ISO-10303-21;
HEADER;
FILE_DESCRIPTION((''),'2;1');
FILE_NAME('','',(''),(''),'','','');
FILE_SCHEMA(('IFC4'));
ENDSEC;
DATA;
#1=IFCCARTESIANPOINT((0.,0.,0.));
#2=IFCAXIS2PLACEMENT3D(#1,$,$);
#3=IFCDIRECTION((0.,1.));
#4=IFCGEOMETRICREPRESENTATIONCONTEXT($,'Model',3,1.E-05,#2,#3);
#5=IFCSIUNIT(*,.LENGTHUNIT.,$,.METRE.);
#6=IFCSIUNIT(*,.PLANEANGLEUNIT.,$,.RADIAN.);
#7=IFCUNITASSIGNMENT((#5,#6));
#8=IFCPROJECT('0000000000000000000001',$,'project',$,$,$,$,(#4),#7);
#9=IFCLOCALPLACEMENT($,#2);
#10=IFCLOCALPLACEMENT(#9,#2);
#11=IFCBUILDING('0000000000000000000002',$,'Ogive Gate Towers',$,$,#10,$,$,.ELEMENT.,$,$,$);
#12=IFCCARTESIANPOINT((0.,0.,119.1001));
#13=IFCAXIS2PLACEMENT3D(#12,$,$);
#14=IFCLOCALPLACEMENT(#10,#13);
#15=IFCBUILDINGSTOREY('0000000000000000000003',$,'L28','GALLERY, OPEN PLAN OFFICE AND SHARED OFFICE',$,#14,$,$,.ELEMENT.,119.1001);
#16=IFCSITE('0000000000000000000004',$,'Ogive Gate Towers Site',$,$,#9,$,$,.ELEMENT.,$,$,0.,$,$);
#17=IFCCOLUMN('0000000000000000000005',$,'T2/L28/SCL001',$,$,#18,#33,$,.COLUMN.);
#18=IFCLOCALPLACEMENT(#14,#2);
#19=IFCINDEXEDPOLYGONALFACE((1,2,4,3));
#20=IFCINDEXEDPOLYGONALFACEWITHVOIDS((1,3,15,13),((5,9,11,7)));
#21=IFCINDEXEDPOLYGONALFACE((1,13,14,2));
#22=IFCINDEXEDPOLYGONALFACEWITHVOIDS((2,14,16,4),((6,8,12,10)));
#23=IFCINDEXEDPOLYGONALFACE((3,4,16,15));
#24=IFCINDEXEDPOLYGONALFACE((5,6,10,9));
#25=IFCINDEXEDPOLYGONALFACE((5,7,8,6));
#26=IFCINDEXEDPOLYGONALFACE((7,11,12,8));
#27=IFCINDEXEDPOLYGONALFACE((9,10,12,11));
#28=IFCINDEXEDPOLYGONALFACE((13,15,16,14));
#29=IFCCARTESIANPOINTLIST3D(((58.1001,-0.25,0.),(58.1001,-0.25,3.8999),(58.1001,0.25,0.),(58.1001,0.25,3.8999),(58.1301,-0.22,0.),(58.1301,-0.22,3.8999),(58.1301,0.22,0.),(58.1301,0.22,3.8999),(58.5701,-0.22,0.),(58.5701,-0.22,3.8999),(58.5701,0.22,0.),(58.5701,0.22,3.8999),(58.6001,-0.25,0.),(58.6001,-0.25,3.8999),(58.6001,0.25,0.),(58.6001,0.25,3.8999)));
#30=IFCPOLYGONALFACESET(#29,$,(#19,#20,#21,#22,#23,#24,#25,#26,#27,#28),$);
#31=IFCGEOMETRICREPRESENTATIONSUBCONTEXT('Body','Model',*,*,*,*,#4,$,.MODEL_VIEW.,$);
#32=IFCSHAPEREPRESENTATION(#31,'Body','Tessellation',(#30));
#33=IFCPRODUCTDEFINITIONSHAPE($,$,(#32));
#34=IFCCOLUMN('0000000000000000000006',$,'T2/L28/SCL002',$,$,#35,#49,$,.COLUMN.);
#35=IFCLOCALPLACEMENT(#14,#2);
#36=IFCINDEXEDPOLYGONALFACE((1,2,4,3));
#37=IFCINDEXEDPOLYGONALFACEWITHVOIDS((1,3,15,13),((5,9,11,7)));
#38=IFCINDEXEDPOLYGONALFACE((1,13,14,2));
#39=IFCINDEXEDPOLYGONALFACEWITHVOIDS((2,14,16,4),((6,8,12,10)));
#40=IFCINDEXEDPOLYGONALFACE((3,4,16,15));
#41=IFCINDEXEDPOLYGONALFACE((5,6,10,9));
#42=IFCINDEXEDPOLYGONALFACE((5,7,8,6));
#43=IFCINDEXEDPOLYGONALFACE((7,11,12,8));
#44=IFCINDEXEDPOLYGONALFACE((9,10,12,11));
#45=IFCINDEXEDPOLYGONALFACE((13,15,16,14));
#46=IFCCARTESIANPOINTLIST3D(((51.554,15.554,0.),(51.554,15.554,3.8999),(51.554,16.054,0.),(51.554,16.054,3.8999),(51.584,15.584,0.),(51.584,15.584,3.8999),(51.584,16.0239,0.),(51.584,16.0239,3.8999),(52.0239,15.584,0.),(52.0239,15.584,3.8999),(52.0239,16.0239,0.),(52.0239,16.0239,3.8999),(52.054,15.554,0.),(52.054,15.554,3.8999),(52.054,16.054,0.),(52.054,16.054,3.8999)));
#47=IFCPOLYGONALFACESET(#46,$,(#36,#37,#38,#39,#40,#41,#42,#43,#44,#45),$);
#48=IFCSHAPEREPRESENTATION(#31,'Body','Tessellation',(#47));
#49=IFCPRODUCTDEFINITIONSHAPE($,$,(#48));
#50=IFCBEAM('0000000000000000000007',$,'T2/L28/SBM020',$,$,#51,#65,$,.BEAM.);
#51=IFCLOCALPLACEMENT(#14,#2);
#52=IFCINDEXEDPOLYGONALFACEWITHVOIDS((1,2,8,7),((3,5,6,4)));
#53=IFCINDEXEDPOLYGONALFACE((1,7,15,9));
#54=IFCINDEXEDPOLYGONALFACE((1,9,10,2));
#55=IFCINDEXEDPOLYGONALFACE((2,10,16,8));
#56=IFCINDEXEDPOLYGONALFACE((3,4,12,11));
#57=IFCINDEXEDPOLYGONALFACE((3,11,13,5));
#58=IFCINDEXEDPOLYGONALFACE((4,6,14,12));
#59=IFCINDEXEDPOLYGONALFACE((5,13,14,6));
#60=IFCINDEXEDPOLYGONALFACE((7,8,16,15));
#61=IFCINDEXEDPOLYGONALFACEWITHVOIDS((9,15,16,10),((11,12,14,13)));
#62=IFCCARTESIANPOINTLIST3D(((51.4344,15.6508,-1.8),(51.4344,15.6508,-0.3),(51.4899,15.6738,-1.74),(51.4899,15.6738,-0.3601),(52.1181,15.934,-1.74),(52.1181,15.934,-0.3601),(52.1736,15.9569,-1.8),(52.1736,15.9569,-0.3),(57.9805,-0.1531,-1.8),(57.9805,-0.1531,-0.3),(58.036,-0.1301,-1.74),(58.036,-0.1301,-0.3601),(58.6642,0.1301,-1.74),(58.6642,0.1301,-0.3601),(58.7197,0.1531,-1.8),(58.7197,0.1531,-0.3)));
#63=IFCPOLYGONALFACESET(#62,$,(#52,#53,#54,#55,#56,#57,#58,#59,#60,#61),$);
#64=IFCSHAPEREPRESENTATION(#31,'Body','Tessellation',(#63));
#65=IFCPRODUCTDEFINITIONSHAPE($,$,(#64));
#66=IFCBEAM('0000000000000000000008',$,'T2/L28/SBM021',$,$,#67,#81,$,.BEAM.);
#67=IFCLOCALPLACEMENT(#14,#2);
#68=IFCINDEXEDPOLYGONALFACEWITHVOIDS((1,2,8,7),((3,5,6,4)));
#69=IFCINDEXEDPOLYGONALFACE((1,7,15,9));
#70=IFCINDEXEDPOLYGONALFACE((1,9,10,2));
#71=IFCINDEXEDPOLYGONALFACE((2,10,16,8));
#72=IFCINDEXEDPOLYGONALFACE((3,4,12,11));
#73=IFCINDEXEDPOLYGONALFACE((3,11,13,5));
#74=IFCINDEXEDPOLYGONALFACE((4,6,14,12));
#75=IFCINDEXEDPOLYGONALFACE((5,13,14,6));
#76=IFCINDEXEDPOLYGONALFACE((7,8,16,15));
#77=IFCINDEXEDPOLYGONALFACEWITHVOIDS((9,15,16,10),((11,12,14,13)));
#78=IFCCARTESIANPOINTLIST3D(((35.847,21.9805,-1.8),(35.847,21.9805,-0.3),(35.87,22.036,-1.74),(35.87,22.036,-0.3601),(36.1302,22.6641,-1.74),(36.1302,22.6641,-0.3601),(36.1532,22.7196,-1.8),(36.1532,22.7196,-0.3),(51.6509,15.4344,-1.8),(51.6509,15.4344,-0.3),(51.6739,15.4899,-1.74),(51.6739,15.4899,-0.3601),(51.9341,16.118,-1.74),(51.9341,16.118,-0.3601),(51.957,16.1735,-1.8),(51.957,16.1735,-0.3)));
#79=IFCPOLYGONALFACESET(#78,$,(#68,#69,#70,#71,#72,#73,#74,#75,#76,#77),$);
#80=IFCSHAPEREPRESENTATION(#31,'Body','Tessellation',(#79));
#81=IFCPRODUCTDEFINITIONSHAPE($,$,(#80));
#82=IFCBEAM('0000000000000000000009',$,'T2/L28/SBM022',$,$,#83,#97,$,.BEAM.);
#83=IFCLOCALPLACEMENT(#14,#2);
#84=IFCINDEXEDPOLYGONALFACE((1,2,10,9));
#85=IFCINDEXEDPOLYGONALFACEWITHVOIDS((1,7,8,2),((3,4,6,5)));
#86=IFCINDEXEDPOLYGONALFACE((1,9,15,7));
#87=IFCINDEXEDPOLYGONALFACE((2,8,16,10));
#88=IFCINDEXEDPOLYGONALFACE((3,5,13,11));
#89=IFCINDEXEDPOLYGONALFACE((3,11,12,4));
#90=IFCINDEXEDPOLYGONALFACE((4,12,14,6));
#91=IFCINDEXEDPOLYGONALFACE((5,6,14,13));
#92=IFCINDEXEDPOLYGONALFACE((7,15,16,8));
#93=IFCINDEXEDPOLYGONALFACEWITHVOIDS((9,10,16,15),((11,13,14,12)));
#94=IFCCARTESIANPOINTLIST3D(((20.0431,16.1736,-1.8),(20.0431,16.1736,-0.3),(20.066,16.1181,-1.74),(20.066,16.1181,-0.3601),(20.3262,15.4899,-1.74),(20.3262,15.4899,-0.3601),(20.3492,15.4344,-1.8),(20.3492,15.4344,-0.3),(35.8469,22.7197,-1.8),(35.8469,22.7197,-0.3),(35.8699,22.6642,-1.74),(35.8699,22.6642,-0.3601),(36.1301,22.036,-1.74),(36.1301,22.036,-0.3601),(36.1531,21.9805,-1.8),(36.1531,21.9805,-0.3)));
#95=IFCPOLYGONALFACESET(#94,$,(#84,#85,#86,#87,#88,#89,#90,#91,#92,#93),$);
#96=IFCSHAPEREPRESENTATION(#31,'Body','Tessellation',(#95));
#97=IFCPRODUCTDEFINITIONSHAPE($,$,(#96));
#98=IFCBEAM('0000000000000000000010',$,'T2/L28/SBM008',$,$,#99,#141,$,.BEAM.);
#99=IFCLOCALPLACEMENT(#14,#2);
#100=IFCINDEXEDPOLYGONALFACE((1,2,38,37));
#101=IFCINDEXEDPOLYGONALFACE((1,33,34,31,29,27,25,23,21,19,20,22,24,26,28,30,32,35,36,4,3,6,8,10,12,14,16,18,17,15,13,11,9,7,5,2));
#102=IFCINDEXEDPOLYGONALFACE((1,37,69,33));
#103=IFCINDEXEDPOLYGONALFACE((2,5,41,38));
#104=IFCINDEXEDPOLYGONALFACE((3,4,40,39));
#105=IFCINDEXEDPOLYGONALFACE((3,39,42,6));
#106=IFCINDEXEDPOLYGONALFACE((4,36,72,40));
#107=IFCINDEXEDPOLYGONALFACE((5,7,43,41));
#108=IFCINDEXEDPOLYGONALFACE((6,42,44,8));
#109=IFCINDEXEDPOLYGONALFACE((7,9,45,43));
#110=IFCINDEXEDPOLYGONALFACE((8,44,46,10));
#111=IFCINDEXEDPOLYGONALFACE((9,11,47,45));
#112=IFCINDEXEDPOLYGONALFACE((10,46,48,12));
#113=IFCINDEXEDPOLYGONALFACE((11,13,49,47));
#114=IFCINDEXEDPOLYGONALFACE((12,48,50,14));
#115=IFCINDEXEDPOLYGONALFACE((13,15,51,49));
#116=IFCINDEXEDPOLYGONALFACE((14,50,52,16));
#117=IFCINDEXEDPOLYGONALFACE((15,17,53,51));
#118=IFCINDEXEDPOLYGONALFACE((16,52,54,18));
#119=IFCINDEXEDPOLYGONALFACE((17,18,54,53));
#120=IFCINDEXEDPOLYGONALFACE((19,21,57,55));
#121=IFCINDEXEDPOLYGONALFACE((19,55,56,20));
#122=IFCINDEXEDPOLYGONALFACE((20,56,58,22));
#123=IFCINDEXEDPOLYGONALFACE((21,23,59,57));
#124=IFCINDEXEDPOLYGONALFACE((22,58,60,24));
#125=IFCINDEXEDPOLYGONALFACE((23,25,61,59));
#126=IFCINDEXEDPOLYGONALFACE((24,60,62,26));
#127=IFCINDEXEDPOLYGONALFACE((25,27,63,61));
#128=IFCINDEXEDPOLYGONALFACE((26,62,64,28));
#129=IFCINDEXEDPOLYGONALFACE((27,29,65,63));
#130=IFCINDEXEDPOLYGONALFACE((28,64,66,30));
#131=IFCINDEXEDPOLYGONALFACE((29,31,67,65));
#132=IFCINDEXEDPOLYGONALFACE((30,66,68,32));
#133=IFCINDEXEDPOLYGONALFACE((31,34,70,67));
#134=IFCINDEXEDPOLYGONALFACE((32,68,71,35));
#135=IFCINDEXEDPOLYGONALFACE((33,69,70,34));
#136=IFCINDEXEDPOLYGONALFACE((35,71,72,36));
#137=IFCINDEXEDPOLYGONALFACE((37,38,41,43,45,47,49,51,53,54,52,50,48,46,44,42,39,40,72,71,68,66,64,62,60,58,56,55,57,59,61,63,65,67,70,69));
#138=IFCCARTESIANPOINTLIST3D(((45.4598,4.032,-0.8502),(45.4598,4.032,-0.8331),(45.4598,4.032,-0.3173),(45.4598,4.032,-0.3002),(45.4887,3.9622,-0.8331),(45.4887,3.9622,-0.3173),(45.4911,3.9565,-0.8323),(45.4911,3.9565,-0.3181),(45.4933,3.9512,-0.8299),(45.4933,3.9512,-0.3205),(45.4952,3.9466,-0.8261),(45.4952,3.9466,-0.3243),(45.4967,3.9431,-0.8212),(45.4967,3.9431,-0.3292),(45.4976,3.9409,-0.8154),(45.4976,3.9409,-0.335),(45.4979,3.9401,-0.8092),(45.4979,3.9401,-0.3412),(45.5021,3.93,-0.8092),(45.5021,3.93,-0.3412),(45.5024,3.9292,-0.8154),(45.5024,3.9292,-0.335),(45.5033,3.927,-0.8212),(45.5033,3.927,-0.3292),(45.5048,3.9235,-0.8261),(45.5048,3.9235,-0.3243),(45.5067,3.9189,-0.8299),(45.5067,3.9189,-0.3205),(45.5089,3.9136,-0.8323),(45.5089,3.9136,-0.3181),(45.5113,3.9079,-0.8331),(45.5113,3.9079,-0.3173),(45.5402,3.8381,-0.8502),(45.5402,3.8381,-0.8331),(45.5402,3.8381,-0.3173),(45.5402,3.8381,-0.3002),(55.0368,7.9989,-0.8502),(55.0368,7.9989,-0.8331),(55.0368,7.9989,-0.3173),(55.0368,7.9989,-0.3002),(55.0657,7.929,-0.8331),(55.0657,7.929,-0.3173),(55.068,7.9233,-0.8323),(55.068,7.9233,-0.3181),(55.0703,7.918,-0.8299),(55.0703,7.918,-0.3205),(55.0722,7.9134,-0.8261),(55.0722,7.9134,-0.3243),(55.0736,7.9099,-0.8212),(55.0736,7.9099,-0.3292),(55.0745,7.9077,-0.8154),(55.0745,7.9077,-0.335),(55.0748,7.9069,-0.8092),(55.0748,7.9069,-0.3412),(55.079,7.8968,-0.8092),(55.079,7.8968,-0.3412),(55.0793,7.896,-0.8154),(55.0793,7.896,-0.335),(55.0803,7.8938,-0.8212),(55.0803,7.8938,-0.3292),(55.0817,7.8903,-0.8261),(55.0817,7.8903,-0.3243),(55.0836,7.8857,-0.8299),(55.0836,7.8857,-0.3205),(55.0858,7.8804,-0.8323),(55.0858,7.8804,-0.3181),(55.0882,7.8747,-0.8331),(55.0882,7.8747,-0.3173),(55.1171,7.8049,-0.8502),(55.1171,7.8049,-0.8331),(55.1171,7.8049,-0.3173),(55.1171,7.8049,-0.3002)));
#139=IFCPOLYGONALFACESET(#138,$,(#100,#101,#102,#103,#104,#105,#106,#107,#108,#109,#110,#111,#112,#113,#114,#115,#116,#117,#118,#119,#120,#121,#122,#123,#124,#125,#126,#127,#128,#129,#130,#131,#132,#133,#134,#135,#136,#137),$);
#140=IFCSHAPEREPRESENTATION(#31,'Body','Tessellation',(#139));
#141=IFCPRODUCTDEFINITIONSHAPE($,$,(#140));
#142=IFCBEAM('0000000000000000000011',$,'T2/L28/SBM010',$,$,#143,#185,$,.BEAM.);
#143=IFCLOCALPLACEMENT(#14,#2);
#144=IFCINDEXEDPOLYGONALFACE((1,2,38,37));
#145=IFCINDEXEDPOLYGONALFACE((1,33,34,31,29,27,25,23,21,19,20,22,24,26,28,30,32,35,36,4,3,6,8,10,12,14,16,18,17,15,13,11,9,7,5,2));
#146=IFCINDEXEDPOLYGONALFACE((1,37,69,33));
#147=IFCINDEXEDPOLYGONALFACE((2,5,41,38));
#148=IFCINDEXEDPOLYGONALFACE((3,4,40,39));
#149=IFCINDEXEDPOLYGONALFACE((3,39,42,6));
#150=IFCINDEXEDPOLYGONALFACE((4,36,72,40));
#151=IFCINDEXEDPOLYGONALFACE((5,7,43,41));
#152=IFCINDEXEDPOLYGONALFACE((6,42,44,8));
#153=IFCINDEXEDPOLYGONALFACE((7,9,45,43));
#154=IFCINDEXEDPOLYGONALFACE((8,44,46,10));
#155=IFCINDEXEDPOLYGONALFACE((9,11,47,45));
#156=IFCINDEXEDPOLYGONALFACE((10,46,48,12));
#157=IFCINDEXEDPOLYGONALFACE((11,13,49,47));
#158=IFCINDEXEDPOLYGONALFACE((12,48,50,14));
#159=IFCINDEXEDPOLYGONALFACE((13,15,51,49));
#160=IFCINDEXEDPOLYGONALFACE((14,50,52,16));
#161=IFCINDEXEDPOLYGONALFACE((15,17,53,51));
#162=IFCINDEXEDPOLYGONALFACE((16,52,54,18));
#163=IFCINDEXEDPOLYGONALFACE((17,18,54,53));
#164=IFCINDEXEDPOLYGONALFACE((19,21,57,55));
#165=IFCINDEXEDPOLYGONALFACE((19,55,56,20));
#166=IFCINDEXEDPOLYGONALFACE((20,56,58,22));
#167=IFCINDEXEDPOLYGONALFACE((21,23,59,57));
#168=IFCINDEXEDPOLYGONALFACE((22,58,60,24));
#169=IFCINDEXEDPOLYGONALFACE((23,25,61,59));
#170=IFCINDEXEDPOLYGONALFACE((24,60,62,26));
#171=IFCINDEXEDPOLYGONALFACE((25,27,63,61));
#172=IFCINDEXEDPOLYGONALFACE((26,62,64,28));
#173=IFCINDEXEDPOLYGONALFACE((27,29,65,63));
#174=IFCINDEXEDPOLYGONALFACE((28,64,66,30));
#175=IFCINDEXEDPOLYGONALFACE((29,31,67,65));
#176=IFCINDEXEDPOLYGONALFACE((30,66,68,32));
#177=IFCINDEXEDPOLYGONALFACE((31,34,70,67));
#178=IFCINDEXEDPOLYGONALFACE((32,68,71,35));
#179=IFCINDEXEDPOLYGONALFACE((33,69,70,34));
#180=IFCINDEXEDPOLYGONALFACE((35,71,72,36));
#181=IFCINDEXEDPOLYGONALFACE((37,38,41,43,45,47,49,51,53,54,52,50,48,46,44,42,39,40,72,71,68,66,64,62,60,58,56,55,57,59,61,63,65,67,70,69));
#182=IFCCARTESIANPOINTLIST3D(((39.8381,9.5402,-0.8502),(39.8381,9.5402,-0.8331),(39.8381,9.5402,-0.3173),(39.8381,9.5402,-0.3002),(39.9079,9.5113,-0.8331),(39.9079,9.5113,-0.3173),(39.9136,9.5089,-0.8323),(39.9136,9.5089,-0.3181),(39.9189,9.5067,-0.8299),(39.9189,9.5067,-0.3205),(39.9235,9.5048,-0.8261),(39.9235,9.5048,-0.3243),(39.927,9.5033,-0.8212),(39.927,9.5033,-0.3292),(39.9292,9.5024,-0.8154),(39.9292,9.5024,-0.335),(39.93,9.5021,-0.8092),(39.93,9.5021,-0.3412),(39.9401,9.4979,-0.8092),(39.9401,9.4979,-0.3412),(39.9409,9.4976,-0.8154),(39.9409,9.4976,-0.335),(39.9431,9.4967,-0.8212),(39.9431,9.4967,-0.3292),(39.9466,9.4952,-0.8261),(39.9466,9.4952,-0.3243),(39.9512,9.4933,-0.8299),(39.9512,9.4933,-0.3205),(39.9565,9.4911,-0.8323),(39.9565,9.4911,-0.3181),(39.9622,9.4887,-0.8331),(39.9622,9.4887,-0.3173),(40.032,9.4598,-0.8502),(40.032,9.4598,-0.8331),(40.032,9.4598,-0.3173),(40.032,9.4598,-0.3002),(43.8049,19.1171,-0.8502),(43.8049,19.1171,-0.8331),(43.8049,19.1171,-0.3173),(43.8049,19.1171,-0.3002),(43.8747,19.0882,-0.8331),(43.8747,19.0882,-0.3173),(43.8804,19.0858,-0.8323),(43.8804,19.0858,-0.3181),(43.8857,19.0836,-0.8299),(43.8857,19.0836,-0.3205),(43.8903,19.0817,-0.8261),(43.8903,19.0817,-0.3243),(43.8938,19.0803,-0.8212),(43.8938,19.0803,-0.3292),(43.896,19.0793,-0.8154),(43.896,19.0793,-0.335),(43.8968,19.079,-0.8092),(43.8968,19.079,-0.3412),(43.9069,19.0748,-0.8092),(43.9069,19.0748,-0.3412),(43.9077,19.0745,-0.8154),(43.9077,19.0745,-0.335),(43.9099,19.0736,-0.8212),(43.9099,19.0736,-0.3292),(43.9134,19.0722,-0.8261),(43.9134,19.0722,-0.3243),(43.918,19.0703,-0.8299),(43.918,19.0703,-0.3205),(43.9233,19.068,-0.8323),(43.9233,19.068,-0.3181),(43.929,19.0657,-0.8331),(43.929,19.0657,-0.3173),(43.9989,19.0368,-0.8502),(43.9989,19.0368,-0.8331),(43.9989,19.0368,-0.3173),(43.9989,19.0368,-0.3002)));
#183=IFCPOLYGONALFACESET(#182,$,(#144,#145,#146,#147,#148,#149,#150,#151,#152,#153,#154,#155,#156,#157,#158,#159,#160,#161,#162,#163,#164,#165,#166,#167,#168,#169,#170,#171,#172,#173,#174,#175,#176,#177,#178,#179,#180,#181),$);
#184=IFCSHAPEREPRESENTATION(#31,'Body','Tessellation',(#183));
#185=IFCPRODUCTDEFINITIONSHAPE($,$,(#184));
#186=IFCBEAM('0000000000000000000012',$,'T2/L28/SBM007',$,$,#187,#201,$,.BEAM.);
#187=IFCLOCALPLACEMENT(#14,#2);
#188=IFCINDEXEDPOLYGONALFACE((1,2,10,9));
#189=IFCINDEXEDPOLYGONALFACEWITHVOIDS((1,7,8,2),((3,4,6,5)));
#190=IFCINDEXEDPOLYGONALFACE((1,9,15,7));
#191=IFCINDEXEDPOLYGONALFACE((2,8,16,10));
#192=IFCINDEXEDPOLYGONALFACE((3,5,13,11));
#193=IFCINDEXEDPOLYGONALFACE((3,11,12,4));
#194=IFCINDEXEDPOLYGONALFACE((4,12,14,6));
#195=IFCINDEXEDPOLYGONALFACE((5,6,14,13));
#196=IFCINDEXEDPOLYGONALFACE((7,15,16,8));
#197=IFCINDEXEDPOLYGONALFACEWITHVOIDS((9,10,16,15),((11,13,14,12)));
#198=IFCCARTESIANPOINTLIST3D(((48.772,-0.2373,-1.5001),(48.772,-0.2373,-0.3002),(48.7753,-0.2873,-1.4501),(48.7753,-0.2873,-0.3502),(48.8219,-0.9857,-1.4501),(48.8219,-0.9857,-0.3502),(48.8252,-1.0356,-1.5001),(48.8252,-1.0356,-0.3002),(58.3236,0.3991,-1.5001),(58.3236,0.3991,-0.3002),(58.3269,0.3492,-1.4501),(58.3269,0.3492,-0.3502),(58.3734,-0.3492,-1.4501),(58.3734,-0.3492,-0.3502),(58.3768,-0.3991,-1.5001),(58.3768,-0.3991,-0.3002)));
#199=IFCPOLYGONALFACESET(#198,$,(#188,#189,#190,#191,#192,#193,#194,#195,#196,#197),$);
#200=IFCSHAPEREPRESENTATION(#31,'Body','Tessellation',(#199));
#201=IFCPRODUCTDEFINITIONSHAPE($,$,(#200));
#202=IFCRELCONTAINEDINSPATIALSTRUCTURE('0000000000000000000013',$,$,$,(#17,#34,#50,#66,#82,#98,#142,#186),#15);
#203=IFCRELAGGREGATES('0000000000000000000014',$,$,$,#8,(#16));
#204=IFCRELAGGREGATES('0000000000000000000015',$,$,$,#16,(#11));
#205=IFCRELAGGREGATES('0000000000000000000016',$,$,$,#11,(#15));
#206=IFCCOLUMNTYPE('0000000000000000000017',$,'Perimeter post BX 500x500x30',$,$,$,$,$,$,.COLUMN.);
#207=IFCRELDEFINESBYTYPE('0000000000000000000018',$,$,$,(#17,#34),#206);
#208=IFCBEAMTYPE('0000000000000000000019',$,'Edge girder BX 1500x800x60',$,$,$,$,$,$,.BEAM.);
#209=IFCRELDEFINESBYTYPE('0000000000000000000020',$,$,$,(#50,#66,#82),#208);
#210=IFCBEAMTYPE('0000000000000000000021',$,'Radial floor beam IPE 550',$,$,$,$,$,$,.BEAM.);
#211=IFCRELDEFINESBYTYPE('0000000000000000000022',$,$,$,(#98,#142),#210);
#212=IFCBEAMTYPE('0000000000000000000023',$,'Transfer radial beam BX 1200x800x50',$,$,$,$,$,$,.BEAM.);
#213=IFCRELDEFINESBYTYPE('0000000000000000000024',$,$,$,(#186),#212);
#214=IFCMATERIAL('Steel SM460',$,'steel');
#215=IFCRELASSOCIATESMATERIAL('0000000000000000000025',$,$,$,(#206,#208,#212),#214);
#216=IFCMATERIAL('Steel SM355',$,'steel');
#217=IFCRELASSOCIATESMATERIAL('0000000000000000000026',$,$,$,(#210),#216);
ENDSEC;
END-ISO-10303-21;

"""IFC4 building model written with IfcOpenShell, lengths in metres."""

from ifc_helpers import new_model, si_unit, direction, frame, origin, origin_2d, place, context, subcontext, project, spatial, hollow_rectangle, i_section, extrude, material, material_profile, profile_set, type_object, element, save


model = new_model("IFC4")

# Units and contexts
model_context = context("Model", 3, precision=1e-05, world=origin(), true_north=direction((0.0, 1.0)))
body_context = subcontext(model_context, "Body", "Model", "MODEL_VIEW")
ifc_project = project(units=[si_unit("LENGTHUNIT", "METRE"), si_unit("PLANEANGLEUNIT", "RADIAN")], contexts=[model_context])

# Site, building, storey
site_placement = place(None, origin())
site = spatial("IfcSite", under=ifc_project, at=site_placement, Name="Ogive Gate Towers Site", CompositionType="ELEMENT", RefElevation=0.0)
building_placement = place(site_placement, origin())
building = spatial("IfcBuilding", under=site, at=building_placement, Name="Ogive Gate Towers", CompositionType="ELEMENT")
storey_placement = place(building_placement, frame((0.0, 0.0, 119.1001)))
storey = spatial("IfcBuildingStorey", under=building, at=storey_placement, Name="L28", Description="GALLERY, OPEN PLAN OFFICE AND SHARED OFFICE", CompositionType="ELEMENT", Elevation=119.1001)

# Columns
ifc_material_1 = material(Name="Steel SM460", Category="steel")
ifc_material_profile_1 = material_profile(ifc_material_1, hollow_rectangle(XDim=0.5, YDim=0.5, WallThickness=0.03, at=origin_2d()), Name="BX 500x500x30")
ifc_profile_set_1 = profile_set([ifc_material_profile_1], Name="Steel SM460")
column_type = type_object("IfcColumnType", Name="Perimeter post BX 500x500x30", PredefinedType="COLUMN", material=ifc_profile_set_1)
for number, where, z_axis, x_axis, name in (
    (1, (58.3501, 0.0, 0.0), (0.0, 0.0, 1.0), (1.0, 0.0, 0.0), "T2/L28/SCL001"),
    (2, (51.804, 15.804, 0.0), (0.0, 0.0, 1.0), (1.0, 0.0, 0.0), "T2/L28/SCL002"),
):
    element("IfcColumn", number, at=place(storey_placement, frame(where, z_axis=z_axis, x_axis=x_axis)), inside=storey, type_object=column_type, Name=name, PredefinedType="COLUMN", context=body_context, shape_type="SweptSolid", body=[
        extrude(hollow_rectangle(XDim=0.5, YDim=0.5, WallThickness=0.03, at=origin_2d()), origin(), (0.0, 0.0, 1.0), 3.8999),
    ])

# Beams
ifc_material_profile_2 = material_profile(ifc_material_1, hollow_rectangle(XDim=0.8, YDim=1.5, WallThickness=0.0601, at=origin_2d()), Name="BX 1500x800x60")
ifc_profile_set_2 = profile_set([ifc_material_profile_2], Name="Steel SM460")
beam_type_1 = type_object("IfcBeamType", Name="Edge girder BX 1500x800x60", PredefinedType="BEAM", material=ifc_profile_set_2)
for number, where, z_axis, x_axis, name in (
    (3, (58.3501, 0.0, -1.05), (-0.38268, 0.923881, 0.0), (-0.923881, -0.38268, 0.0), "T2/L28/SBM020"),
    (4, (51.804, 15.804, -1.05), (-0.923881, 0.38268, 0.0), (-0.38268, -0.923881, 0.0), "T2/L28/SBM021"),
    (5, (36.0, 22.3501, -1.05), (-0.923881, -0.38268, 0.0), (0.38268, -0.923881, 0.0), "T2/L28/SBM022"),
):
    element("IfcBeam", number, at=place(storey_placement, frame(where, z_axis=z_axis, x_axis=x_axis)), inside=storey, type_object=beam_type_1, Name=name, PredefinedType="BEAM", context=body_context, shape_type="SweptSolid", body=[
        extrude(hollow_rectangle(XDim=0.8, YDim=1.5, WallThickness=0.0601, at=origin_2d()), origin(), (0.0, 0.0, 1.0), 17.106),
    ])
ifc_material_2 = material(Name="Steel SM355", Category="steel")
ifc_material_profile_3 = material_profile(ifc_material_2, i_section(OverallWidth=0.21, OverallDepth=0.55, WebThickness=0.011, FlangeThickness=0.0171, FilletRadius=0.0239, at=origin_2d()), Name="IPE 550")
ifc_profile_set_3 = profile_set([ifc_material_profile_3], Name="Steel SM355")
beam_type_2 = type_object("IfcBeamType", Name="Radial floor beam IPE 550", PredefinedType="BEAM", material=ifc_profile_set_3)
for number, where, z_axis, x_axis, name in (
    (6, (45.5, 3.9351, -0.5752), (0.923882, 0.382676, 0.0), (-0.382676, 0.923882, 0.0), "T2/L28/SBM008"),
    (7, (39.9351, 9.5, -0.5752), (0.382676, 0.923882, 0.0), (-0.923882, 0.382676, 0.0), "T2/L28/SBM010"),
):
    element("IfcBeam", number, at=place(storey_placement, frame(where, z_axis=z_axis, x_axis=x_axis)), inside=storey, type_object=beam_type_2, Name=name, PredefinedType="BEAM", context=body_context, shape_type="SweptSolid", body=[
        extrude(i_section(OverallWidth=0.21, OverallDepth=0.55, WebThickness=0.011, FlangeThickness=0.0171, FilletRadius=0.0239, at=origin_2d()), origin(), (0.0, 0.0, 1.0), 10.366),
    ])
ifc_material_profile_4 = material_profile(ifc_material_1, hollow_rectangle(XDim=0.8, YDim=1.2, WallThickness=0.05, at=origin_2d()), Name="BX 1200x800x50")
ifc_profile_set_4 = profile_set([ifc_material_profile_4], Name="Steel SM460")
beam_type_3 = type_object("IfcBeamType", Name="Transfer radial beam BX 1200x800x50", PredefinedType="BEAM", material=ifc_profile_set_4)
beam_1_placement = place(storey_placement, frame((48.7986, -0.6365, -0.9001), z_axis=(0.997787, 0.066489, 0.0), x_axis=(-0.066489, 0.997787, 0.0)))
element("IfcBeam", 8, at=beam_1_placement, inside=storey, type_object=beam_type_3, Name="T2/L28/SBM007", PredefinedType="BEAM", context=body_context, shape_type="SweptSolid", body=[
    extrude(hollow_rectangle(XDim=0.8, YDim=1.2, WallThickness=0.05, at=origin_2d()), origin(), (0.0, 0.0, 1.0), 9.5728),
])

save(model, "model.ifc")
